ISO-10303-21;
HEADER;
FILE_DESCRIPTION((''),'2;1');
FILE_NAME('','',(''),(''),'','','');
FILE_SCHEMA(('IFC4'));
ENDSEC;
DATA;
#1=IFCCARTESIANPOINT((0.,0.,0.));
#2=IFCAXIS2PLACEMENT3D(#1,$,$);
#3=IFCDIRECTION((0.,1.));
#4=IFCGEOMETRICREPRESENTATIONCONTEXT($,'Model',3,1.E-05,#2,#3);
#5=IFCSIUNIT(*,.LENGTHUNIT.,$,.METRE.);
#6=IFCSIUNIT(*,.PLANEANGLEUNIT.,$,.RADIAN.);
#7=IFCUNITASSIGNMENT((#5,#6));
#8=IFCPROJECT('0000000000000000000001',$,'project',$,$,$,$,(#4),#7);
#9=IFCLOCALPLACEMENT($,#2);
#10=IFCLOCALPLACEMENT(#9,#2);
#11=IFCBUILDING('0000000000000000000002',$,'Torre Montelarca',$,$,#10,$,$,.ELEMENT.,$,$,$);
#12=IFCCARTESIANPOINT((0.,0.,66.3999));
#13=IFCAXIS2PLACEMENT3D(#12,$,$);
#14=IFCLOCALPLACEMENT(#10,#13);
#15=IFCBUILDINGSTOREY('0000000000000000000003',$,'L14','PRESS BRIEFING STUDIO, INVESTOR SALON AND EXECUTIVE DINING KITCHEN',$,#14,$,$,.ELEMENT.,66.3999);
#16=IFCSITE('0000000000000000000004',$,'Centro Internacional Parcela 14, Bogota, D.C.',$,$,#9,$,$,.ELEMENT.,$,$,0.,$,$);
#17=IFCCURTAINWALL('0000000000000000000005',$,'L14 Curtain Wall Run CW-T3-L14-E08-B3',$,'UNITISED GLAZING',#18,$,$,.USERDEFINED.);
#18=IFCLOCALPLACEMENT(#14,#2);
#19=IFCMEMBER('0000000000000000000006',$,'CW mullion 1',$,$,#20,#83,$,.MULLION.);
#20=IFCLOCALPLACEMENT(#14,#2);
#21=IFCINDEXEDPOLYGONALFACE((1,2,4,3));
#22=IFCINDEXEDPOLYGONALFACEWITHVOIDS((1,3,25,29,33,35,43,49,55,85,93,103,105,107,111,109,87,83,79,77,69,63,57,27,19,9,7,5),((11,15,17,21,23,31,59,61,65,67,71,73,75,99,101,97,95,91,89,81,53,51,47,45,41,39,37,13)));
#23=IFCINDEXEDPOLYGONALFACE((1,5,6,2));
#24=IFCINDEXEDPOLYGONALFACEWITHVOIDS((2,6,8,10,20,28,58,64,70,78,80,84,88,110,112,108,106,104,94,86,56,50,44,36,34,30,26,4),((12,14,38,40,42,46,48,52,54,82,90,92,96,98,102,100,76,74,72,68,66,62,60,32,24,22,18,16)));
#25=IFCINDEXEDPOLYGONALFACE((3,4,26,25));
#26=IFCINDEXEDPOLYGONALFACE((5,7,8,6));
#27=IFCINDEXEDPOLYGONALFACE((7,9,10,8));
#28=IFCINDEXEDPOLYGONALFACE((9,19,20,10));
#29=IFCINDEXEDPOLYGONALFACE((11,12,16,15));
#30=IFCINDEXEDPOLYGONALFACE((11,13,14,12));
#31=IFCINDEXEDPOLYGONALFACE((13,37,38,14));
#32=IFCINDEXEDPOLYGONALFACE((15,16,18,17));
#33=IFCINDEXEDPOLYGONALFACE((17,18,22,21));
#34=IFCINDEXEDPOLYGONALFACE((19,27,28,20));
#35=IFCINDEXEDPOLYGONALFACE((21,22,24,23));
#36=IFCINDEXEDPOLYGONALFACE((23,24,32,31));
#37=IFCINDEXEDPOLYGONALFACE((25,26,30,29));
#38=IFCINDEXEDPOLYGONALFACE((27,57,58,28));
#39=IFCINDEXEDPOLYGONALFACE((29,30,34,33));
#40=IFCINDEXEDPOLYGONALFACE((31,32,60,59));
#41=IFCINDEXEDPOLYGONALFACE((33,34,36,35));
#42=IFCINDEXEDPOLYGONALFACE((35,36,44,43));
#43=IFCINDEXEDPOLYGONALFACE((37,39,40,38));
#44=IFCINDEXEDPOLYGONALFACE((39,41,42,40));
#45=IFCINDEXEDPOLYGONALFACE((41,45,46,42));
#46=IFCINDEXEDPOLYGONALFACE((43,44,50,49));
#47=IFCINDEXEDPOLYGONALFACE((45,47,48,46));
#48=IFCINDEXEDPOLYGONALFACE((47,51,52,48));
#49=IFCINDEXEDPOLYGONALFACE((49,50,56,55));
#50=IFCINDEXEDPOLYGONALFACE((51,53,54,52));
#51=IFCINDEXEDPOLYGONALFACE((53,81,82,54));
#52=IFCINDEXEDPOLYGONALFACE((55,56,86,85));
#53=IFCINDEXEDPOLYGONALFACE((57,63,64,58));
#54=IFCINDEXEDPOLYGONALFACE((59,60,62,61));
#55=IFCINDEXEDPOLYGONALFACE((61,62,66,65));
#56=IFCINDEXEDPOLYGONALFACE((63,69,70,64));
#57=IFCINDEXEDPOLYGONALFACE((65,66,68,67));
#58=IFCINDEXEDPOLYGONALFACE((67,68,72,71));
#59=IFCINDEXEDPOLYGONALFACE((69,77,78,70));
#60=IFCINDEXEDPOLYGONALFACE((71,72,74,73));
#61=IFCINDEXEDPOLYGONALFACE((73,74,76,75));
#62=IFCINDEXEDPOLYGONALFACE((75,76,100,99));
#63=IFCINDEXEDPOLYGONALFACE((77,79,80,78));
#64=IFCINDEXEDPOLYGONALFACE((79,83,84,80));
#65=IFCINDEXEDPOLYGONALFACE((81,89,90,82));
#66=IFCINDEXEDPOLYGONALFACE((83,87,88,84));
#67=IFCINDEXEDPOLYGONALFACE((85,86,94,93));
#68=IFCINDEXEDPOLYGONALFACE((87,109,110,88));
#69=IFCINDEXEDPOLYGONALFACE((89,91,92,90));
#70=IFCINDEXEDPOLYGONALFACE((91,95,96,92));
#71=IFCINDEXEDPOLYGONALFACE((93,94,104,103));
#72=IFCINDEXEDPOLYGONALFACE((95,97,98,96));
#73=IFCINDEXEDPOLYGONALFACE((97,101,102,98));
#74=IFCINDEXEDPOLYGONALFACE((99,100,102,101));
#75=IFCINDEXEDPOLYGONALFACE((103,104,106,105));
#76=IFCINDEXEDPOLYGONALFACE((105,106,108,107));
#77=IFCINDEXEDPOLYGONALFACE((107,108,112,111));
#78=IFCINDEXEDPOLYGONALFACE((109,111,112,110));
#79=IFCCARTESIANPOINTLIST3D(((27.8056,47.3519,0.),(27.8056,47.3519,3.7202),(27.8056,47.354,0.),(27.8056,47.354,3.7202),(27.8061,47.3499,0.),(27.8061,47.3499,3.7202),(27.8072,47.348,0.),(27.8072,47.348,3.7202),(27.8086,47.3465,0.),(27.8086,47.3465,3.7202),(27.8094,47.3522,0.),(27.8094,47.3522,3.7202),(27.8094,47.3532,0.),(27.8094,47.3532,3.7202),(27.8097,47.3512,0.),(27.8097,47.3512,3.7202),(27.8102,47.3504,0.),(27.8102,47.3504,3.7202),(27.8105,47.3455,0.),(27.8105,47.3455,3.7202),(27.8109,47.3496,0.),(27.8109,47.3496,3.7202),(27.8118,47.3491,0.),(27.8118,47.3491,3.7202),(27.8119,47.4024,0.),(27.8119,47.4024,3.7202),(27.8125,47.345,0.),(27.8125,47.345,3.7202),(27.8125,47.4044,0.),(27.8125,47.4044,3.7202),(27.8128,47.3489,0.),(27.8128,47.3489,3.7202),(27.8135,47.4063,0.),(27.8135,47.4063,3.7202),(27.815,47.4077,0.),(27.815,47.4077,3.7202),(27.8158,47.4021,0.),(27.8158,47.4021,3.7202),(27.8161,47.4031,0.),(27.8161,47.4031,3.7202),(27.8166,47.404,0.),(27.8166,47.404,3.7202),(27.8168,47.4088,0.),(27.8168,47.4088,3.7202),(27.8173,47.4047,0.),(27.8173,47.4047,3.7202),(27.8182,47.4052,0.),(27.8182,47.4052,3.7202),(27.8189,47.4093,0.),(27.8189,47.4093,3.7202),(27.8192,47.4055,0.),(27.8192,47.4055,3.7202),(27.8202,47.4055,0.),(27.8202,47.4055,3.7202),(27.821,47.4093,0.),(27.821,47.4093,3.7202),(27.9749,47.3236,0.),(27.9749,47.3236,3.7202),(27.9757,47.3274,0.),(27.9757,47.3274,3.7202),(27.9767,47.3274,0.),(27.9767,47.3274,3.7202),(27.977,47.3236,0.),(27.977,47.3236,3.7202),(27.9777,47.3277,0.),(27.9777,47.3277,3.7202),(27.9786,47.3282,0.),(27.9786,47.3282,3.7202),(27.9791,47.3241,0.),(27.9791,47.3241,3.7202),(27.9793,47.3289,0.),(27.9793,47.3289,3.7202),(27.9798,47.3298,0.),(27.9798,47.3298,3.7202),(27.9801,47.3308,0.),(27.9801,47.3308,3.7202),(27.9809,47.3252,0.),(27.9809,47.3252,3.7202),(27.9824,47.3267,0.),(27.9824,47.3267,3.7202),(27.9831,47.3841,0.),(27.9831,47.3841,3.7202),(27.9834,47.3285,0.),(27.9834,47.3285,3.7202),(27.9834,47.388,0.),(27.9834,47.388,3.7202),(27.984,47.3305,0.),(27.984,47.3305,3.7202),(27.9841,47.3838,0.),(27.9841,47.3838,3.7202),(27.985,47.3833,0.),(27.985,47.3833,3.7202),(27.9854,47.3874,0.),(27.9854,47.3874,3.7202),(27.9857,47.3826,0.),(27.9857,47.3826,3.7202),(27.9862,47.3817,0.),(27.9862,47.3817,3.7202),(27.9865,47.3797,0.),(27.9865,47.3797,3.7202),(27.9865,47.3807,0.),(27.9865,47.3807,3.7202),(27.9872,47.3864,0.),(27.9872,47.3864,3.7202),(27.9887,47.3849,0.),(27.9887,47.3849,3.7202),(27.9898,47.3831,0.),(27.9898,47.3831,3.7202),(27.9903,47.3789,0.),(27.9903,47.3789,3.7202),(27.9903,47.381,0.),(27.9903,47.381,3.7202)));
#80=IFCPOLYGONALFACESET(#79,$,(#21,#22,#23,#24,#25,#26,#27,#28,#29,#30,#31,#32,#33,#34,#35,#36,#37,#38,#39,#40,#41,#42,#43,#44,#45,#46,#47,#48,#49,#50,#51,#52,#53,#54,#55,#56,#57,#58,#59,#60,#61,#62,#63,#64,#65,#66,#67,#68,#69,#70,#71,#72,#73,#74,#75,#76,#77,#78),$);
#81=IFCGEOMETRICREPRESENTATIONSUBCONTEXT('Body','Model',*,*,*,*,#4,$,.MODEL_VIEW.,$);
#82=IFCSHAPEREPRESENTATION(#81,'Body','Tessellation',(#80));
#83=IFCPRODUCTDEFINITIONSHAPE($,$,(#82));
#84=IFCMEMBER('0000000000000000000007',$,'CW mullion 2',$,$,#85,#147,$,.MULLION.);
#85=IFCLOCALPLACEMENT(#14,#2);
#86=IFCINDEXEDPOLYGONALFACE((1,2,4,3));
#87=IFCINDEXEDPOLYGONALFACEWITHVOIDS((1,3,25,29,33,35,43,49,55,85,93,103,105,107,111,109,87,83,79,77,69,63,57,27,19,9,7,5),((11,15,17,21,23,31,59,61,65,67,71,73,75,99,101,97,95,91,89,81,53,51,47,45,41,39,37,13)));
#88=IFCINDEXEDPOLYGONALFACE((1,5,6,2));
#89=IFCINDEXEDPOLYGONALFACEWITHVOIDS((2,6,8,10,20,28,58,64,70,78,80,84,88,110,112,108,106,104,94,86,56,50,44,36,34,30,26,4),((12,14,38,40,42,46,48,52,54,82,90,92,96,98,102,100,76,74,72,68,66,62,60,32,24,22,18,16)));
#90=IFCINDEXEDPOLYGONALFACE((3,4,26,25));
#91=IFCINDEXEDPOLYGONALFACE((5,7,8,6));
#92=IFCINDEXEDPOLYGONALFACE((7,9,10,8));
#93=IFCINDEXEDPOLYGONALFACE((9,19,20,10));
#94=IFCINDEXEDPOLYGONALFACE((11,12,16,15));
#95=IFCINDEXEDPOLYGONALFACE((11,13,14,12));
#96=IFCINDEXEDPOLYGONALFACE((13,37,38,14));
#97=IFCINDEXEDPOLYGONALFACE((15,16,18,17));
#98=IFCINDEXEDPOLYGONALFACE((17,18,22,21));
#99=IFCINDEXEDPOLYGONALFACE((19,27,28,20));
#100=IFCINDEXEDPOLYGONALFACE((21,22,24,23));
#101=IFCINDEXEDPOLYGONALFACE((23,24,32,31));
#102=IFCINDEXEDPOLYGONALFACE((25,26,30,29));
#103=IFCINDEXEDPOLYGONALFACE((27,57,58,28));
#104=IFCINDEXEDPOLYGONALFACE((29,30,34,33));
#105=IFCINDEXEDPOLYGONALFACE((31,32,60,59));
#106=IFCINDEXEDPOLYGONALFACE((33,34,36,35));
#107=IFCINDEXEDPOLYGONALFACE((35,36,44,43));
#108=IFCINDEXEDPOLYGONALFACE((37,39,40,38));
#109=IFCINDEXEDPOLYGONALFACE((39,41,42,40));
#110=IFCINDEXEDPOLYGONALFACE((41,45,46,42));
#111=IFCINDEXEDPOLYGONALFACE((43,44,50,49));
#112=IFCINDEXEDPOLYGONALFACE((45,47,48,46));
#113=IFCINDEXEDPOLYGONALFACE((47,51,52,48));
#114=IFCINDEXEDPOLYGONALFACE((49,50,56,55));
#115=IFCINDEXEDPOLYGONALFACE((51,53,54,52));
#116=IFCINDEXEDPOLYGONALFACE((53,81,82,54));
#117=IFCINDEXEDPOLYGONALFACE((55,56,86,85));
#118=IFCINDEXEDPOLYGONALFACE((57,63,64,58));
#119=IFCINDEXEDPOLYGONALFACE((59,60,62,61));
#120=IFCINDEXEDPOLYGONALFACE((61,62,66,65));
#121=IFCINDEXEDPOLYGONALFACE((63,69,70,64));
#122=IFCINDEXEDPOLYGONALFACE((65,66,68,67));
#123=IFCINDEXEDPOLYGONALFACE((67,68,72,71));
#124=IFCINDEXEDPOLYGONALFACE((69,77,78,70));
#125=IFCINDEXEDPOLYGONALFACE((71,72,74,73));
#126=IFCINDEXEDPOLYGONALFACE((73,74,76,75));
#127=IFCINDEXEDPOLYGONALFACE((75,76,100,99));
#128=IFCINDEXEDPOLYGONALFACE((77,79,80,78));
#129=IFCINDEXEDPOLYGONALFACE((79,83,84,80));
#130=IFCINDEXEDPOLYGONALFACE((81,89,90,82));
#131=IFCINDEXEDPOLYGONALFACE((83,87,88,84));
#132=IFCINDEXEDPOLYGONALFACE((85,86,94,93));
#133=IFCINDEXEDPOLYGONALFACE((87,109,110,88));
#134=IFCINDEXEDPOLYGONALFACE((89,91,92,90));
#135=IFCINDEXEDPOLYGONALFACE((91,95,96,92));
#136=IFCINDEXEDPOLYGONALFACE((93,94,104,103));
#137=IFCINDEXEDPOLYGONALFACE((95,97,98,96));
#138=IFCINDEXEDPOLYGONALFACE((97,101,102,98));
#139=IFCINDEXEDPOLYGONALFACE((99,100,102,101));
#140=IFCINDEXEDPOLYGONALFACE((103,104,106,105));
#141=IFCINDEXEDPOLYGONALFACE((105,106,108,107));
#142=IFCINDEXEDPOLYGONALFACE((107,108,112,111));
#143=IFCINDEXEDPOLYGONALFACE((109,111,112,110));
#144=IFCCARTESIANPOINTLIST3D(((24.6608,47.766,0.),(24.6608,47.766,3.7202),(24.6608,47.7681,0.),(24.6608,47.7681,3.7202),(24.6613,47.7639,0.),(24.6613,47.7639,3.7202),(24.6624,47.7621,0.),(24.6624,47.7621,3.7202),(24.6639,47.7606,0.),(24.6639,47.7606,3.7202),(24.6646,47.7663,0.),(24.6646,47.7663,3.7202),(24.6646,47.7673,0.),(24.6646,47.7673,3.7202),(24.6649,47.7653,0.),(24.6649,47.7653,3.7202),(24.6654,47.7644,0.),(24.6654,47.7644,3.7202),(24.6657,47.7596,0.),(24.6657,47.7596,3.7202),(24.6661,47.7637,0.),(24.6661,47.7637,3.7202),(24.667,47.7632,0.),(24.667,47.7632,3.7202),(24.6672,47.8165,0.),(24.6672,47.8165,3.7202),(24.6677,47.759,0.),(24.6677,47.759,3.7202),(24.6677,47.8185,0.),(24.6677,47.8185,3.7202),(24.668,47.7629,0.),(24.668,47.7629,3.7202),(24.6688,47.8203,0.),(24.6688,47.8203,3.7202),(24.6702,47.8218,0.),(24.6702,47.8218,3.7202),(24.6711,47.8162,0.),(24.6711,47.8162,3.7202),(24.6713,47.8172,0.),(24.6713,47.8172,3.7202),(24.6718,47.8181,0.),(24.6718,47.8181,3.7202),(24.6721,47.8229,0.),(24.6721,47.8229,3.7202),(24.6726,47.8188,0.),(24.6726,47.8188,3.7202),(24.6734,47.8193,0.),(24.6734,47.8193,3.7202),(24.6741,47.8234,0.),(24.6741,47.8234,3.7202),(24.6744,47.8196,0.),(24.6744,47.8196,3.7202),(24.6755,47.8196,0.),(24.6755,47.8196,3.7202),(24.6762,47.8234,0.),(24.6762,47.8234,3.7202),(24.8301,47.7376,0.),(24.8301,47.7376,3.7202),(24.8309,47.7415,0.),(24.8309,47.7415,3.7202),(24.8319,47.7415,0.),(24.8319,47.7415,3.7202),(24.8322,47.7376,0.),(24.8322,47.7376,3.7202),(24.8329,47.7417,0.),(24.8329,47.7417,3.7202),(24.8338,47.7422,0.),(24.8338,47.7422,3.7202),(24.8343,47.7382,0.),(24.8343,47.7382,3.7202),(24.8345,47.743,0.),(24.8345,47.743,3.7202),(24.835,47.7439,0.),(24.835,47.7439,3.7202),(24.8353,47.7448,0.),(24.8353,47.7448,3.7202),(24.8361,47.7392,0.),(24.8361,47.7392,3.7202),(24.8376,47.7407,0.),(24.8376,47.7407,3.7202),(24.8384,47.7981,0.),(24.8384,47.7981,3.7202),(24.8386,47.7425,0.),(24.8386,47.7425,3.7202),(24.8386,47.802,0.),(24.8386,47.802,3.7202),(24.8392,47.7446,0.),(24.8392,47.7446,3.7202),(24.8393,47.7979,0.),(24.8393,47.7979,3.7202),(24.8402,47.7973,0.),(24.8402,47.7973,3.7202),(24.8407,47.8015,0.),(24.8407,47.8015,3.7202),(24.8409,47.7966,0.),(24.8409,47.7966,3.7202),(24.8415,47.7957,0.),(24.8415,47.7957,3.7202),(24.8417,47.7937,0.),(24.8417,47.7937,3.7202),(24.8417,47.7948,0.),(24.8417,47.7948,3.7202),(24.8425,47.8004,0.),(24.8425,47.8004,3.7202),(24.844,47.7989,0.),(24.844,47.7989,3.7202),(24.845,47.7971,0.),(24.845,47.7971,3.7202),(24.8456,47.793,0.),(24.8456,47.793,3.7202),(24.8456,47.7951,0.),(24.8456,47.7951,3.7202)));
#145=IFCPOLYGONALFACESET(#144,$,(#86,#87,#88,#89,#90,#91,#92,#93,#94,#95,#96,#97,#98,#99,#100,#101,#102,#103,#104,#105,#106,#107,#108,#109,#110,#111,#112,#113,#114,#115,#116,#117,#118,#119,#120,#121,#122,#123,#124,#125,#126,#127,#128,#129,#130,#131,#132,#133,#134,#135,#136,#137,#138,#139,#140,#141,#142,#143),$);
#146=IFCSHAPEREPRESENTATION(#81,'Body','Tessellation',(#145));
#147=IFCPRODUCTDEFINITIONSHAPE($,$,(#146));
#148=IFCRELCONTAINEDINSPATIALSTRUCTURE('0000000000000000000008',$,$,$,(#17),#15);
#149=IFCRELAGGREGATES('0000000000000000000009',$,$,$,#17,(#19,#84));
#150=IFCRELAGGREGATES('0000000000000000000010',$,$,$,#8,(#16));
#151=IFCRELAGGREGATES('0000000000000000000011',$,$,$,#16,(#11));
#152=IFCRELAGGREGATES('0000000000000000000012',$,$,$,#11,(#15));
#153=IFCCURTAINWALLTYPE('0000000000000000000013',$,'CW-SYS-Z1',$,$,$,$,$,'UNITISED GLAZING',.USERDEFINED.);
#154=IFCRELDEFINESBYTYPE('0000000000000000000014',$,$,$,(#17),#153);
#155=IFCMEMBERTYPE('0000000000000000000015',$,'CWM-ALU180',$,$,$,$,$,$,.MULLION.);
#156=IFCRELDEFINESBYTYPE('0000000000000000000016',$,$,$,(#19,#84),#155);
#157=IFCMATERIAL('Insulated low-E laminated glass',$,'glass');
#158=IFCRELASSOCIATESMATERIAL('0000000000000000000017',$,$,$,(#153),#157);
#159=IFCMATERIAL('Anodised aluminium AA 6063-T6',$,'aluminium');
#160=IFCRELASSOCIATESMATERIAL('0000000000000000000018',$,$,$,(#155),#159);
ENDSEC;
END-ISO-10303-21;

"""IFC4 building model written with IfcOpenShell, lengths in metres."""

from ifc_helpers import new_model, si_unit, direction, frame, origin, origin_2d, place, context, subcontext, project, spatial, hollow_rectangle, extrude, source, transform, mapped, material, material_profile, profile_set, type_object, element, aggregate, save


model = new_model("IFC4")

# Units and contexts
model_context = context("Model", 3, precision=1e-05, world=origin(), true_north=direction((0.0, 1.0)))
body_context = subcontext(model_context, "Body", "Model", "MODEL_VIEW")
ifc_project = project(units=[si_unit("LENGTHUNIT", "METRE"), si_unit("PLANEANGLEUNIT", "RADIAN")], contexts=[model_context])

# Site, building, storey
site_placement = place(None, origin())
site = spatial("IfcSite", under=ifc_project, at=site_placement, Name="Centro Internacional Parcela 14, Bogota, D.C.", CompositionType="ELEMENT", RefElevation=0.0)
building_placement = place(site_placement, origin())
building = spatial("IfcBuilding", under=site, at=building_placement, Name="Torre Montelarca", CompositionType="ELEMENT")
storey_placement = place(building_placement, frame((0.0, 0.0, 66.3999)))
storey = spatial("IfcBuildingStorey", under=building, at=storey_placement, Name="L14", Description="PRESS BRIEFING STUDIO, INVESTOR SALON AND EXECUTIVE DINING KITCHEN", CompositionType="ELEMENT", Elevation=66.3999)

# Curtain wall
ifc_material_1 = material(Name="Insulated low-E laminated glass", Category="glass")
curtain_wall_type = type_object("IfcCurtainWallType", Name="CW-SYS-Z1", ElementType="UNITISED GLAZING", PredefinedType="USERDEFINED", material=ifc_material_1)
ifc_material_2 = material(Name="Anodised aluminium AA 6063-T6", Category="aluminium")
curtain_wall_1_placement = place(storey_placement, origin())
curtain_wall_1 = element("IfcCurtainWall", 1, at=curtain_wall_1_placement, inside=storey, type_object=curtain_wall_type, Name="L14 Curtain Wall Run CW-T3-L14-E08-B3", ObjectType="UNITISED GLAZING", PredefinedType="USERDEFINED")

# Members
ifc_material_profile_1 = material_profile(ifc_material_2, hollow_rectangle(XDim=0.0649, YDim=0.1799, WallThickness=0.0039, InnerFilletRadius=0.0039, OuterFilletRadius=0.0081, at=origin_2d()), Name="ALU65X180X4", Category="aluminium")
ifc_profile_set_1 = profile_set([ifc_material_profile_1], Name="Anodised aluminium AA 6063-T6")
member_type_1 = type_object("IfcMemberType", Name="CWM-ALU180", PredefinedType="MULLION", material=ifc_profile_set_1)
shared_shape_1 = source(origin(), body_context, "Body", "SweptSolid", [
    extrude(hollow_rectangle(XDim=0.0649, YDim=0.1799, WallThickness=0.0039, InnerFilletRadius=0.0039, OuterFilletRadius=0.0081, at=origin_2d()), origin(), (0.0, 0.0, 1.0), 3.7202),
])
member_1_placement = place(storey_placement, frame((27.8979, 47.3665, 0.0), z_axis=(0.0, 0.0, 1.0), x_axis=(-0.130525, -0.991445, 0.0)))
member_1 = element("IfcMember", 2, at=member_1_placement, type_object=member_type_1, Name="CW mullion 1", PredefinedType="MULLION", context=body_context, shape_type="MappedRepresentation", body=[
    mapped(shared_shape_1, transform((0.0, 0.0, 0.0), scale=1.0)),
])
member_2_placement = place(storey_placement, frame((24.7532, 47.7805, 0.0), z_axis=(0.0, 0.0, 1.0), x_axis=(-0.130525, -0.991445, 0.0)))
member_2 = element("IfcMember", 3, at=member_2_placement, type_object=member_type_1, Name="CW mullion 2", PredefinedType="MULLION", context=body_context, shape_type="MappedRepresentation", body=[
    mapped(shared_shape_1, transform((0.0, 0.0, 0.0), scale=1.0)),
])

aggregate(curtain_wall_1, [member_1, member_2])

save(model, "model.ifc")
